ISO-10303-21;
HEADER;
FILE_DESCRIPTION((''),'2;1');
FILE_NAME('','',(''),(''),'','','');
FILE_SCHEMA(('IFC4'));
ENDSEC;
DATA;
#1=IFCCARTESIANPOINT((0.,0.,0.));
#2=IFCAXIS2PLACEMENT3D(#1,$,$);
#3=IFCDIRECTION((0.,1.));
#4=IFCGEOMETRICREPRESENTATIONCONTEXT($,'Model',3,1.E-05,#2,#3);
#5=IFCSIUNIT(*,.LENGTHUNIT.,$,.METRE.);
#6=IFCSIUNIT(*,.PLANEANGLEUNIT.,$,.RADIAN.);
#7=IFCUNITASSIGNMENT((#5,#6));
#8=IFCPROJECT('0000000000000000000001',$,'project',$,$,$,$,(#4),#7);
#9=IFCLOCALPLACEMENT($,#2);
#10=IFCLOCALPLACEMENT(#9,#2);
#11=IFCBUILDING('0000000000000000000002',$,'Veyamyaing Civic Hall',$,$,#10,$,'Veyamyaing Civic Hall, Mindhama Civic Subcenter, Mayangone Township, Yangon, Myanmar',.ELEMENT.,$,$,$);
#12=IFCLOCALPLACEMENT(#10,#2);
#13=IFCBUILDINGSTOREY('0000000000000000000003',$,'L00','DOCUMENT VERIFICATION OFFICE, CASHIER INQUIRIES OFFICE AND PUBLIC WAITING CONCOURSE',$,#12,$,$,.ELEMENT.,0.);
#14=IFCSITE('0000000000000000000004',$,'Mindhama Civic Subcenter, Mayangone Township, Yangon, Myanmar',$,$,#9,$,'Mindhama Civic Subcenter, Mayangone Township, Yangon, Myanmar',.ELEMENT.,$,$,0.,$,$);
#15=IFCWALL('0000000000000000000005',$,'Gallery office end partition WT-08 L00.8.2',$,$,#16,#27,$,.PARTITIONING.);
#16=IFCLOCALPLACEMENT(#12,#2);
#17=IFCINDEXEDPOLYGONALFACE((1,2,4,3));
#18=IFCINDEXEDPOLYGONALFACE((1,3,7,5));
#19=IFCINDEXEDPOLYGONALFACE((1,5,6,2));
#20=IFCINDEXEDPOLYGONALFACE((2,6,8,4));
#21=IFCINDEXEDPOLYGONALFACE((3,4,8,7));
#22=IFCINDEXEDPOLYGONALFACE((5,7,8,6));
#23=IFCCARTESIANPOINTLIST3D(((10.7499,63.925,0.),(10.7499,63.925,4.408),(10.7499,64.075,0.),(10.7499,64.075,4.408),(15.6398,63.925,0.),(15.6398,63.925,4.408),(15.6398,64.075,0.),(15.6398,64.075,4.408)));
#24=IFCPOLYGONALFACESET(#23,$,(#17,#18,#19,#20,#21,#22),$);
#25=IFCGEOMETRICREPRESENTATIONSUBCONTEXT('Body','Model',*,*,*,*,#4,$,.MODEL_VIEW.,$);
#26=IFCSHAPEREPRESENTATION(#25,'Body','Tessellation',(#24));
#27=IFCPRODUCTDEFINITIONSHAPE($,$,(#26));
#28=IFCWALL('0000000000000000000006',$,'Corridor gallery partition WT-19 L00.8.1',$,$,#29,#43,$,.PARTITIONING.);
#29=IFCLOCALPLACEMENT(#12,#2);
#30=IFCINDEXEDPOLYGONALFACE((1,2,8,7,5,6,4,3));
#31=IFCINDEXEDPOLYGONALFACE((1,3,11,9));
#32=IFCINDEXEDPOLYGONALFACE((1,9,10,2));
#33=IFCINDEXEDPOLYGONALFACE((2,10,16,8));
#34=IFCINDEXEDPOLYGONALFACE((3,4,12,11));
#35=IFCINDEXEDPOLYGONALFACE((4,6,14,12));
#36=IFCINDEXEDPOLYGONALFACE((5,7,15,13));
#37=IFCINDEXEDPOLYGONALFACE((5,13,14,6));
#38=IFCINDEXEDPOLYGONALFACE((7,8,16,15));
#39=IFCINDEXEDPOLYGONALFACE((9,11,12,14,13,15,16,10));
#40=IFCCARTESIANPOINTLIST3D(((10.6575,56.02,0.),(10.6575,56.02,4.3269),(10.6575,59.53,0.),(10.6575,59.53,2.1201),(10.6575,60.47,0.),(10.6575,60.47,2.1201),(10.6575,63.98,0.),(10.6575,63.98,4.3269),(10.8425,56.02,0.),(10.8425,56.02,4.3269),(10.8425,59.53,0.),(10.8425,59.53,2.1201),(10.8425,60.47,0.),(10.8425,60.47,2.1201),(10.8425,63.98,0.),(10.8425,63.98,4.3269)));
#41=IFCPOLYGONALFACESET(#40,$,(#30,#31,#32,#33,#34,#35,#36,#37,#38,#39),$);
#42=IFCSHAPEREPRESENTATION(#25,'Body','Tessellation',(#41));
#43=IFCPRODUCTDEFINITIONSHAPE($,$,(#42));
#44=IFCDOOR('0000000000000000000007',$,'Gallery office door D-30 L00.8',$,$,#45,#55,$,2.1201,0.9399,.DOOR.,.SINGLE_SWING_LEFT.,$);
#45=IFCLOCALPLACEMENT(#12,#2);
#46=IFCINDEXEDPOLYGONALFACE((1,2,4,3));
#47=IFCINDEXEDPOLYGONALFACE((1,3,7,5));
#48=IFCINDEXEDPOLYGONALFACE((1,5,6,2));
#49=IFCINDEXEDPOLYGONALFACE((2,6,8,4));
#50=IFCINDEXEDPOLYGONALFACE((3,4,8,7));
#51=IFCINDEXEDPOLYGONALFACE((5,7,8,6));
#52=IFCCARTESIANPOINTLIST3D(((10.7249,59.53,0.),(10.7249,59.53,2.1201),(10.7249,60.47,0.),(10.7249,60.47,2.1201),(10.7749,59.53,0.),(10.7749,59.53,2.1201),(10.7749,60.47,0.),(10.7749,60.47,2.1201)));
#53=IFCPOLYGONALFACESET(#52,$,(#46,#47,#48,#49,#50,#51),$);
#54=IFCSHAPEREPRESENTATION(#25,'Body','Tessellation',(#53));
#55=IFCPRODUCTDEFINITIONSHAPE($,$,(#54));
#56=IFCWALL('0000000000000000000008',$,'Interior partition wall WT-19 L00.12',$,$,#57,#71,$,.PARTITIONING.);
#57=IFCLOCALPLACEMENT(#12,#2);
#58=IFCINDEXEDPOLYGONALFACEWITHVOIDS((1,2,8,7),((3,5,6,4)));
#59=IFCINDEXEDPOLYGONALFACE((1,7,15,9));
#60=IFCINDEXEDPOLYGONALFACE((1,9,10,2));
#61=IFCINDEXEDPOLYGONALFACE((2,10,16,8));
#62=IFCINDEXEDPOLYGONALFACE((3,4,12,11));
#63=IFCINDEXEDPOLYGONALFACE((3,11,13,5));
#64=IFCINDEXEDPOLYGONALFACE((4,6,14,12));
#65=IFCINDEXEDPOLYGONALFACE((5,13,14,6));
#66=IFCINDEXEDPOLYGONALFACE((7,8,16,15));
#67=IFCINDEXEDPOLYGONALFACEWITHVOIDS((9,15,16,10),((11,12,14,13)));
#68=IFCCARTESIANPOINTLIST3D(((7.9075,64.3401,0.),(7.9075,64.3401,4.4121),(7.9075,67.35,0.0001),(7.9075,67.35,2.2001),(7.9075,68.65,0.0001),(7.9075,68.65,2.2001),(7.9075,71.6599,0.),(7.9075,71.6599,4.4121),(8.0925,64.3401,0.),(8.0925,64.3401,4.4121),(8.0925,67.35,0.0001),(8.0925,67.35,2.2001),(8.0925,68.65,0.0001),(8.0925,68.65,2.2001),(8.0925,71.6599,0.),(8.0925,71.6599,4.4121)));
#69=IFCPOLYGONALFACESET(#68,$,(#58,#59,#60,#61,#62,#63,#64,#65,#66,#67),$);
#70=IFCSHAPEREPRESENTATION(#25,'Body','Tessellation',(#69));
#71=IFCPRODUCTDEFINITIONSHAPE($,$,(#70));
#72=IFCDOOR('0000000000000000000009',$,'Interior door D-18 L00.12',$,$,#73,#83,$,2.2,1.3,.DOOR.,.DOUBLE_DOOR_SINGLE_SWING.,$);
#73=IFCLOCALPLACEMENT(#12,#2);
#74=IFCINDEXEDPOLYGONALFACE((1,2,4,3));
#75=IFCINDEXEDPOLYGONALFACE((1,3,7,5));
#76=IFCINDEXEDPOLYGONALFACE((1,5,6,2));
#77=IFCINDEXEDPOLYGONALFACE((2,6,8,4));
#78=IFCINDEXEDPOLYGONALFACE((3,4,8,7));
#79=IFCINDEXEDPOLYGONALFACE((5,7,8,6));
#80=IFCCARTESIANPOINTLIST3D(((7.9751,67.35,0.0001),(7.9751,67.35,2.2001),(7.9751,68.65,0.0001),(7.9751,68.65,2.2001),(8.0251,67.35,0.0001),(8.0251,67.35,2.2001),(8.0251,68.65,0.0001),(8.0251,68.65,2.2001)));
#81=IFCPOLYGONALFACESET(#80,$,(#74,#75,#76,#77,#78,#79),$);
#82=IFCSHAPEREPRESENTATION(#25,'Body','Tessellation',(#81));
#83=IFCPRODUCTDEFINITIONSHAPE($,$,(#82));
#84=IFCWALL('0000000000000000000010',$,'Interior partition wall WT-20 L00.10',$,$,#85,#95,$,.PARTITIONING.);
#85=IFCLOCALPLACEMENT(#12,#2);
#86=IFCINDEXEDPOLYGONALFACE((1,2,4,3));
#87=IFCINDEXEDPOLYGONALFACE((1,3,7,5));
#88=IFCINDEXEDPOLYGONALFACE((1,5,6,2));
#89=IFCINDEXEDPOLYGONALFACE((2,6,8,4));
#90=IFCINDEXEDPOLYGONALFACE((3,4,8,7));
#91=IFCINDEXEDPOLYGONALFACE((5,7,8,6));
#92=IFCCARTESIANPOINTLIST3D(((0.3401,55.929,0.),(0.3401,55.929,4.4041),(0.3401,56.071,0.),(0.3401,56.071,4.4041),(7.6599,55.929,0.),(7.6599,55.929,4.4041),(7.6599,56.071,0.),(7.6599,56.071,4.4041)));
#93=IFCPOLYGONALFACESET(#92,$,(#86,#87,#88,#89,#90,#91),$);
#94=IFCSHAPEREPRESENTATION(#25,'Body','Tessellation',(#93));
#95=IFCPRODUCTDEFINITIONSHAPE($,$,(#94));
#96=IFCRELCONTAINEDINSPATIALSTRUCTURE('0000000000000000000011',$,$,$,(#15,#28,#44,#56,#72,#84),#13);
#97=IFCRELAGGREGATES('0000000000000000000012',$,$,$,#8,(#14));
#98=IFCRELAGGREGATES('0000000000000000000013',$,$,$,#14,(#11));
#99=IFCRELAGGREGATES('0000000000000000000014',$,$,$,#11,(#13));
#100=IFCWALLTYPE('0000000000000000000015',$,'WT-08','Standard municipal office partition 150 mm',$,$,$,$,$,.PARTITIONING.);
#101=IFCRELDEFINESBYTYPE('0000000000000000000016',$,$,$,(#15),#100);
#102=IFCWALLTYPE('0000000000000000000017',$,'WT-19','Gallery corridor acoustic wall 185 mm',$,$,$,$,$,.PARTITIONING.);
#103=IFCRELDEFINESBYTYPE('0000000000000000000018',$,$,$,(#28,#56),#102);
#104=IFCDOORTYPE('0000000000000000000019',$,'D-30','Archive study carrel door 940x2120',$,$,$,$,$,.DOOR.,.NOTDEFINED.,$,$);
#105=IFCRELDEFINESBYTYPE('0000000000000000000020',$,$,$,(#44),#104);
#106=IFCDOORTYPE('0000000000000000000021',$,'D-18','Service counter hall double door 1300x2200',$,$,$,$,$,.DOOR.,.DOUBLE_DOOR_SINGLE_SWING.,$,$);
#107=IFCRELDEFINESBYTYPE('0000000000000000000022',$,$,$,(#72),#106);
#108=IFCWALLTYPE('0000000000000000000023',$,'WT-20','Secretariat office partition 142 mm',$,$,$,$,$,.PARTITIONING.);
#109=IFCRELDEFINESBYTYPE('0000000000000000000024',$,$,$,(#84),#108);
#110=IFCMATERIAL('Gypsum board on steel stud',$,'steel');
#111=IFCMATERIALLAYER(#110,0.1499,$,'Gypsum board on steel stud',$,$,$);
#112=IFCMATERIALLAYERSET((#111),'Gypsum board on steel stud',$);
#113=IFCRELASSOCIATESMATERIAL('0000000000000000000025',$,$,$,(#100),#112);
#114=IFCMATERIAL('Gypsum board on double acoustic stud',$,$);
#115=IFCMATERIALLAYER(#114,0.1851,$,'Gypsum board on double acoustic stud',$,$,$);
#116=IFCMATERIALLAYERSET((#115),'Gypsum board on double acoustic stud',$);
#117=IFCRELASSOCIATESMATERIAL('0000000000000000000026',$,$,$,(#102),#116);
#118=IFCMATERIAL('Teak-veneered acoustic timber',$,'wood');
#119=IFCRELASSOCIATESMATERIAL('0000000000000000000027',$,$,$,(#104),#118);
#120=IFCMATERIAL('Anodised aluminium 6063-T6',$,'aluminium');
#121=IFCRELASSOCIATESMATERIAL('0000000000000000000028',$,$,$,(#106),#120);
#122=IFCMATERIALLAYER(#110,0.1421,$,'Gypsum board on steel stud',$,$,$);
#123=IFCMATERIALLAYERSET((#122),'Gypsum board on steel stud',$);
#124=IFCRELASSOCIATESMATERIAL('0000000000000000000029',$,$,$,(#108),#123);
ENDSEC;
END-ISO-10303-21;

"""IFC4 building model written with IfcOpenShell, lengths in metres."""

from ifc_helpers import new_model, si_unit, direction, frame, frame_2d, origin, place, context, subcontext, project, spatial, rectangle, extrude, material, layer, layer_set, type_object, element, fill, save


model = new_model("IFC4")

# Units and contexts
model_context = context("Model", 3, precision=1e-05, world=origin(), true_north=direction((0.0, 1.0)))
body_context = subcontext(model_context, "Body", "Model", "MODEL_VIEW")
ifc_project = project(units=[si_unit("LENGTHUNIT", "METRE"), si_unit("PLANEANGLEUNIT", "RADIAN")], contexts=[model_context])

# Site, building, storey
site_placement = place(None, origin())
site = spatial("IfcSite", under=ifc_project, at=site_placement, Name="Mindhama Civic Subcenter, Mayangone Township, Yangon, Myanmar", LongName="Mindhama Civic Subcenter, Mayangone Township, Yangon, Myanmar", CompositionType="ELEMENT", RefElevation=0.0)
building_placement = place(site_placement, origin())
building = spatial("IfcBuilding", under=site, at=building_placement, Name="Veyamyaing Civic Hall", LongName="Veyamyaing Civic Hall, Mindhama Civic Subcenter, Mayangone Township, Yangon, Myanmar", CompositionType="ELEMENT")
storey_placement = place(building_placement, origin())
storey = spatial("IfcBuildingStorey", under=building, at=storey_placement, Name="L00", Description="DOCUMENT VERIFICATION OFFICE, CASHIER INQUIRIES OFFICE AND PUBLIC WAITING CONCOURSE", CompositionType="ELEMENT", Elevation=0.0)

# Shared definitions
ifc_material_1 = material(Name="Teak-veneered acoustic timber", Category="wood")

# Wall
ifc_material_2 = material(Name="Gypsum board on steel stud", Category="steel")
ifc_layer_1 = layer(ifc_material_2, 0.1499, Name="Gypsum board on steel stud")
ifc_layer_set_1 = layer_set([ifc_layer_1], Name="Gypsum board on steel stud")
wall_type_1 = type_object("IfcWallType", Name="WT-08", Description="Standard municipal office partition 150 mm", PredefinedType="PARTITIONING", material=ifc_layer_set_1)
wall_1_placement = place(storey_placement, frame((10.75, 64.0, 0.0), z_axis=(0.0, 0.0, 1.0), x_axis=(1.0, 0.0, 0.0)))
element("IfcWall", 1, at=wall_1_placement, inside=storey, type_object=wall_type_1, Name="Gallery office end partition WT-08 L00.8.2", PredefinedType="PARTITIONING", context=body_context, shape_type="SweptSolid", body=[
    extrude(rectangle(XDim=4.8899, YDim=0.1499, at=frame_2d((2.4448, 0.0))), origin(), (0.0, 0.0, 1.0), 4.408),
])

# Walls, openings, doors
ifc_material_3 = material(Name="Gypsum board on double acoustic stud")
ifc_layer_2 = layer(ifc_material_3, 0.1851, Name="Gypsum board on double acoustic stud")
ifc_layer_set_2 = layer_set([ifc_layer_2], Name="Gypsum board on double acoustic stud")
wall_type_2 = type_object("IfcWallType", Name="WT-19", Description="Gallery corridor acoustic wall 185 mm", PredefinedType="PARTITIONING", material=ifc_layer_set_2)
wall_2_placement = place(storey_placement, frame((10.75, 56.02, 0.0), z_axis=(0.0, 0.0, 1.0), x_axis=(0.0, 1.0, 0.0)))
wall_2 = element("IfcWall", 2, at=wall_2_placement, inside=storey, type_object=wall_type_2, Name="Corridor gallery partition WT-19 L00.8.1", PredefinedType="PARTITIONING", context=body_context, shape_type="SweptSolid", body=[
    extrude(rectangle(XDim=7.96, YDim=0.1851, at=frame_2d((3.98, 0.0))), origin(), (0.0, 0.0, 1.0), 4.3269),
])
opening_1_placement = place(wall_2_placement, frame((3.51, 0.0, 0.0)))
opening_1 = element("IfcOpeningElement", 3, at=opening_1_placement, cuts=wall_2, PredefinedType="OPENING", context=body_context, shape_type="SweptSolid", body=[
    extrude(rectangle(XDim=0.9399, YDim=2.1201, at=frame_2d((0.47, 1.0601))), frame((0.0, 0.1025, 0.0), z_axis=(0.0, -1.0, 0.0), x_axis=(1.0, 0.0, 0.0)), (0.0, 0.0, 1.0), 0.2051),
])
door_type_1 = type_object("IfcDoorType", Name="D-30", Description="Archive study carrel door 940x2120", OperationType="NOTDEFINED", PredefinedType="DOOR", material=ifc_material_1)
door_1_placement = place(opening_1_placement, frame((0.9399, 0.0, 0.0), z_axis=(0.0, 0.0, 1.0), x_axis=(-1.0, 0.0, 0.0)))
door_1 = element("IfcDoor", 4, at=door_1_placement, inside=storey, type_object=door_type_1, Name="Gallery office door D-30 L00.8", OperationType="SINGLE_SWING_LEFT", OverallHeight=2.1201, OverallWidth=0.9399, PredefinedType="DOOR", context=body_context, shape_type="SweptSolid", body=[
    extrude(rectangle(XDim=0.9399, YDim=2.1201, at=frame_2d((0.47, 1.0601))), frame((0.0, 0.0249, 0.0), z_axis=(0.0, -1.0, 0.0), x_axis=(1.0, 0.0, 0.0)), (0.0, 0.0, 1.0), 0.05),
])
fill(opening_1, door_1)
wall_3_placement = place(storey_placement, frame((8.0, 64.3401, 0.0), z_axis=(0.0, 0.0, 1.0), x_axis=(0.0, 1.0, 0.0)))
wall_3 = element("IfcWall", 5, at=wall_3_placement, inside=storey, type_object=wall_type_2, Name="Interior partition wall WT-19 L00.12", PredefinedType="PARTITIONING", context=body_context, shape_type="SweptSolid", body=[
    extrude(rectangle(XDim=7.3198, YDim=0.1851, at=frame_2d((3.6599, 0.0))), origin(), (0.0, 0.0, 1.0), 4.4121),
])
opening_2_placement = place(wall_3_placement, frame((3.01, 0.0, 0.0)))
opening_2 = element("IfcOpeningElement", 6, at=opening_2_placement, cuts=wall_3, PredefinedType="OPENING", context=body_context, shape_type="SweptSolid", body=[
    extrude(rectangle(XDim=1.3, YDim=2.2, at=frame_2d((0.6499, 1.1001))), frame((0.0, 0.1025, 0.0), z_axis=(0.0, -1.0, 0.0), x_axis=(1.0, 0.0, 0.0)), (0.0, 0.0, 1.0), 0.2051),
])
ifc_material_4 = material(Name="Anodised aluminium 6063-T6", Category="aluminium")
door_type_2 = type_object("IfcDoorType", Name="D-18", Description="Service counter hall double door 1300x2200", OperationType="DOUBLE_DOOR_SINGLE_SWING", PredefinedType="DOOR", material=ifc_material_4)
door_2_placement = place(opening_2_placement, origin())
door_2 = element("IfcDoor", 7, at=door_2_placement, inside=storey, type_object=door_type_2, Name="Interior door D-18 L00.12", OperationType="DOUBLE_DOOR_SINGLE_SWING", OverallHeight=2.2, OverallWidth=1.3, PredefinedType="DOOR", context=body_context, shape_type="SweptSolid", body=[
    extrude(rectangle(XDim=1.3, YDim=2.2, at=frame_2d((0.6499, 1.1001))), frame((0.0, 0.0249, 0.0), z_axis=(0.0, -1.0, 0.0), x_axis=(1.0, 0.0, 0.0)), (0.0, 0.0, 1.0), 0.05),
])
fill(opening_2, door_2)

# Wall
ifc_layer_3 = layer(ifc_material_2, 0.1421, Name="Gypsum board on steel stud")
ifc_layer_set_3 = layer_set([ifc_layer_3], Name="Gypsum board on steel stud")
wall_type_3 = type_object("IfcWallType", Name="WT-20", Description="Secretariat office partition 142 mm", PredefinedType="PARTITIONING", material=ifc_layer_set_3)
wall_4_placement = place(storey_placement, frame((0.3401, 56.0, 0.0), z_axis=(0.0, 0.0, 1.0), x_axis=(1.0, 0.0, 0.0)))
element("IfcWall", 8, at=wall_4_placement, inside=storey, type_object=wall_type_3, Name="Interior partition wall WT-20 L00.10", PredefinedType="PARTITIONING", context=body_context, shape_type="SweptSolid", body=[
    extrude(rectangle(XDim=7.3198, YDim=0.1421, at=frame_2d((3.6599, 0.0))), origin(), (0.0, 0.0, 1.0), 4.4041),
])

save(model, "model.ifc")
